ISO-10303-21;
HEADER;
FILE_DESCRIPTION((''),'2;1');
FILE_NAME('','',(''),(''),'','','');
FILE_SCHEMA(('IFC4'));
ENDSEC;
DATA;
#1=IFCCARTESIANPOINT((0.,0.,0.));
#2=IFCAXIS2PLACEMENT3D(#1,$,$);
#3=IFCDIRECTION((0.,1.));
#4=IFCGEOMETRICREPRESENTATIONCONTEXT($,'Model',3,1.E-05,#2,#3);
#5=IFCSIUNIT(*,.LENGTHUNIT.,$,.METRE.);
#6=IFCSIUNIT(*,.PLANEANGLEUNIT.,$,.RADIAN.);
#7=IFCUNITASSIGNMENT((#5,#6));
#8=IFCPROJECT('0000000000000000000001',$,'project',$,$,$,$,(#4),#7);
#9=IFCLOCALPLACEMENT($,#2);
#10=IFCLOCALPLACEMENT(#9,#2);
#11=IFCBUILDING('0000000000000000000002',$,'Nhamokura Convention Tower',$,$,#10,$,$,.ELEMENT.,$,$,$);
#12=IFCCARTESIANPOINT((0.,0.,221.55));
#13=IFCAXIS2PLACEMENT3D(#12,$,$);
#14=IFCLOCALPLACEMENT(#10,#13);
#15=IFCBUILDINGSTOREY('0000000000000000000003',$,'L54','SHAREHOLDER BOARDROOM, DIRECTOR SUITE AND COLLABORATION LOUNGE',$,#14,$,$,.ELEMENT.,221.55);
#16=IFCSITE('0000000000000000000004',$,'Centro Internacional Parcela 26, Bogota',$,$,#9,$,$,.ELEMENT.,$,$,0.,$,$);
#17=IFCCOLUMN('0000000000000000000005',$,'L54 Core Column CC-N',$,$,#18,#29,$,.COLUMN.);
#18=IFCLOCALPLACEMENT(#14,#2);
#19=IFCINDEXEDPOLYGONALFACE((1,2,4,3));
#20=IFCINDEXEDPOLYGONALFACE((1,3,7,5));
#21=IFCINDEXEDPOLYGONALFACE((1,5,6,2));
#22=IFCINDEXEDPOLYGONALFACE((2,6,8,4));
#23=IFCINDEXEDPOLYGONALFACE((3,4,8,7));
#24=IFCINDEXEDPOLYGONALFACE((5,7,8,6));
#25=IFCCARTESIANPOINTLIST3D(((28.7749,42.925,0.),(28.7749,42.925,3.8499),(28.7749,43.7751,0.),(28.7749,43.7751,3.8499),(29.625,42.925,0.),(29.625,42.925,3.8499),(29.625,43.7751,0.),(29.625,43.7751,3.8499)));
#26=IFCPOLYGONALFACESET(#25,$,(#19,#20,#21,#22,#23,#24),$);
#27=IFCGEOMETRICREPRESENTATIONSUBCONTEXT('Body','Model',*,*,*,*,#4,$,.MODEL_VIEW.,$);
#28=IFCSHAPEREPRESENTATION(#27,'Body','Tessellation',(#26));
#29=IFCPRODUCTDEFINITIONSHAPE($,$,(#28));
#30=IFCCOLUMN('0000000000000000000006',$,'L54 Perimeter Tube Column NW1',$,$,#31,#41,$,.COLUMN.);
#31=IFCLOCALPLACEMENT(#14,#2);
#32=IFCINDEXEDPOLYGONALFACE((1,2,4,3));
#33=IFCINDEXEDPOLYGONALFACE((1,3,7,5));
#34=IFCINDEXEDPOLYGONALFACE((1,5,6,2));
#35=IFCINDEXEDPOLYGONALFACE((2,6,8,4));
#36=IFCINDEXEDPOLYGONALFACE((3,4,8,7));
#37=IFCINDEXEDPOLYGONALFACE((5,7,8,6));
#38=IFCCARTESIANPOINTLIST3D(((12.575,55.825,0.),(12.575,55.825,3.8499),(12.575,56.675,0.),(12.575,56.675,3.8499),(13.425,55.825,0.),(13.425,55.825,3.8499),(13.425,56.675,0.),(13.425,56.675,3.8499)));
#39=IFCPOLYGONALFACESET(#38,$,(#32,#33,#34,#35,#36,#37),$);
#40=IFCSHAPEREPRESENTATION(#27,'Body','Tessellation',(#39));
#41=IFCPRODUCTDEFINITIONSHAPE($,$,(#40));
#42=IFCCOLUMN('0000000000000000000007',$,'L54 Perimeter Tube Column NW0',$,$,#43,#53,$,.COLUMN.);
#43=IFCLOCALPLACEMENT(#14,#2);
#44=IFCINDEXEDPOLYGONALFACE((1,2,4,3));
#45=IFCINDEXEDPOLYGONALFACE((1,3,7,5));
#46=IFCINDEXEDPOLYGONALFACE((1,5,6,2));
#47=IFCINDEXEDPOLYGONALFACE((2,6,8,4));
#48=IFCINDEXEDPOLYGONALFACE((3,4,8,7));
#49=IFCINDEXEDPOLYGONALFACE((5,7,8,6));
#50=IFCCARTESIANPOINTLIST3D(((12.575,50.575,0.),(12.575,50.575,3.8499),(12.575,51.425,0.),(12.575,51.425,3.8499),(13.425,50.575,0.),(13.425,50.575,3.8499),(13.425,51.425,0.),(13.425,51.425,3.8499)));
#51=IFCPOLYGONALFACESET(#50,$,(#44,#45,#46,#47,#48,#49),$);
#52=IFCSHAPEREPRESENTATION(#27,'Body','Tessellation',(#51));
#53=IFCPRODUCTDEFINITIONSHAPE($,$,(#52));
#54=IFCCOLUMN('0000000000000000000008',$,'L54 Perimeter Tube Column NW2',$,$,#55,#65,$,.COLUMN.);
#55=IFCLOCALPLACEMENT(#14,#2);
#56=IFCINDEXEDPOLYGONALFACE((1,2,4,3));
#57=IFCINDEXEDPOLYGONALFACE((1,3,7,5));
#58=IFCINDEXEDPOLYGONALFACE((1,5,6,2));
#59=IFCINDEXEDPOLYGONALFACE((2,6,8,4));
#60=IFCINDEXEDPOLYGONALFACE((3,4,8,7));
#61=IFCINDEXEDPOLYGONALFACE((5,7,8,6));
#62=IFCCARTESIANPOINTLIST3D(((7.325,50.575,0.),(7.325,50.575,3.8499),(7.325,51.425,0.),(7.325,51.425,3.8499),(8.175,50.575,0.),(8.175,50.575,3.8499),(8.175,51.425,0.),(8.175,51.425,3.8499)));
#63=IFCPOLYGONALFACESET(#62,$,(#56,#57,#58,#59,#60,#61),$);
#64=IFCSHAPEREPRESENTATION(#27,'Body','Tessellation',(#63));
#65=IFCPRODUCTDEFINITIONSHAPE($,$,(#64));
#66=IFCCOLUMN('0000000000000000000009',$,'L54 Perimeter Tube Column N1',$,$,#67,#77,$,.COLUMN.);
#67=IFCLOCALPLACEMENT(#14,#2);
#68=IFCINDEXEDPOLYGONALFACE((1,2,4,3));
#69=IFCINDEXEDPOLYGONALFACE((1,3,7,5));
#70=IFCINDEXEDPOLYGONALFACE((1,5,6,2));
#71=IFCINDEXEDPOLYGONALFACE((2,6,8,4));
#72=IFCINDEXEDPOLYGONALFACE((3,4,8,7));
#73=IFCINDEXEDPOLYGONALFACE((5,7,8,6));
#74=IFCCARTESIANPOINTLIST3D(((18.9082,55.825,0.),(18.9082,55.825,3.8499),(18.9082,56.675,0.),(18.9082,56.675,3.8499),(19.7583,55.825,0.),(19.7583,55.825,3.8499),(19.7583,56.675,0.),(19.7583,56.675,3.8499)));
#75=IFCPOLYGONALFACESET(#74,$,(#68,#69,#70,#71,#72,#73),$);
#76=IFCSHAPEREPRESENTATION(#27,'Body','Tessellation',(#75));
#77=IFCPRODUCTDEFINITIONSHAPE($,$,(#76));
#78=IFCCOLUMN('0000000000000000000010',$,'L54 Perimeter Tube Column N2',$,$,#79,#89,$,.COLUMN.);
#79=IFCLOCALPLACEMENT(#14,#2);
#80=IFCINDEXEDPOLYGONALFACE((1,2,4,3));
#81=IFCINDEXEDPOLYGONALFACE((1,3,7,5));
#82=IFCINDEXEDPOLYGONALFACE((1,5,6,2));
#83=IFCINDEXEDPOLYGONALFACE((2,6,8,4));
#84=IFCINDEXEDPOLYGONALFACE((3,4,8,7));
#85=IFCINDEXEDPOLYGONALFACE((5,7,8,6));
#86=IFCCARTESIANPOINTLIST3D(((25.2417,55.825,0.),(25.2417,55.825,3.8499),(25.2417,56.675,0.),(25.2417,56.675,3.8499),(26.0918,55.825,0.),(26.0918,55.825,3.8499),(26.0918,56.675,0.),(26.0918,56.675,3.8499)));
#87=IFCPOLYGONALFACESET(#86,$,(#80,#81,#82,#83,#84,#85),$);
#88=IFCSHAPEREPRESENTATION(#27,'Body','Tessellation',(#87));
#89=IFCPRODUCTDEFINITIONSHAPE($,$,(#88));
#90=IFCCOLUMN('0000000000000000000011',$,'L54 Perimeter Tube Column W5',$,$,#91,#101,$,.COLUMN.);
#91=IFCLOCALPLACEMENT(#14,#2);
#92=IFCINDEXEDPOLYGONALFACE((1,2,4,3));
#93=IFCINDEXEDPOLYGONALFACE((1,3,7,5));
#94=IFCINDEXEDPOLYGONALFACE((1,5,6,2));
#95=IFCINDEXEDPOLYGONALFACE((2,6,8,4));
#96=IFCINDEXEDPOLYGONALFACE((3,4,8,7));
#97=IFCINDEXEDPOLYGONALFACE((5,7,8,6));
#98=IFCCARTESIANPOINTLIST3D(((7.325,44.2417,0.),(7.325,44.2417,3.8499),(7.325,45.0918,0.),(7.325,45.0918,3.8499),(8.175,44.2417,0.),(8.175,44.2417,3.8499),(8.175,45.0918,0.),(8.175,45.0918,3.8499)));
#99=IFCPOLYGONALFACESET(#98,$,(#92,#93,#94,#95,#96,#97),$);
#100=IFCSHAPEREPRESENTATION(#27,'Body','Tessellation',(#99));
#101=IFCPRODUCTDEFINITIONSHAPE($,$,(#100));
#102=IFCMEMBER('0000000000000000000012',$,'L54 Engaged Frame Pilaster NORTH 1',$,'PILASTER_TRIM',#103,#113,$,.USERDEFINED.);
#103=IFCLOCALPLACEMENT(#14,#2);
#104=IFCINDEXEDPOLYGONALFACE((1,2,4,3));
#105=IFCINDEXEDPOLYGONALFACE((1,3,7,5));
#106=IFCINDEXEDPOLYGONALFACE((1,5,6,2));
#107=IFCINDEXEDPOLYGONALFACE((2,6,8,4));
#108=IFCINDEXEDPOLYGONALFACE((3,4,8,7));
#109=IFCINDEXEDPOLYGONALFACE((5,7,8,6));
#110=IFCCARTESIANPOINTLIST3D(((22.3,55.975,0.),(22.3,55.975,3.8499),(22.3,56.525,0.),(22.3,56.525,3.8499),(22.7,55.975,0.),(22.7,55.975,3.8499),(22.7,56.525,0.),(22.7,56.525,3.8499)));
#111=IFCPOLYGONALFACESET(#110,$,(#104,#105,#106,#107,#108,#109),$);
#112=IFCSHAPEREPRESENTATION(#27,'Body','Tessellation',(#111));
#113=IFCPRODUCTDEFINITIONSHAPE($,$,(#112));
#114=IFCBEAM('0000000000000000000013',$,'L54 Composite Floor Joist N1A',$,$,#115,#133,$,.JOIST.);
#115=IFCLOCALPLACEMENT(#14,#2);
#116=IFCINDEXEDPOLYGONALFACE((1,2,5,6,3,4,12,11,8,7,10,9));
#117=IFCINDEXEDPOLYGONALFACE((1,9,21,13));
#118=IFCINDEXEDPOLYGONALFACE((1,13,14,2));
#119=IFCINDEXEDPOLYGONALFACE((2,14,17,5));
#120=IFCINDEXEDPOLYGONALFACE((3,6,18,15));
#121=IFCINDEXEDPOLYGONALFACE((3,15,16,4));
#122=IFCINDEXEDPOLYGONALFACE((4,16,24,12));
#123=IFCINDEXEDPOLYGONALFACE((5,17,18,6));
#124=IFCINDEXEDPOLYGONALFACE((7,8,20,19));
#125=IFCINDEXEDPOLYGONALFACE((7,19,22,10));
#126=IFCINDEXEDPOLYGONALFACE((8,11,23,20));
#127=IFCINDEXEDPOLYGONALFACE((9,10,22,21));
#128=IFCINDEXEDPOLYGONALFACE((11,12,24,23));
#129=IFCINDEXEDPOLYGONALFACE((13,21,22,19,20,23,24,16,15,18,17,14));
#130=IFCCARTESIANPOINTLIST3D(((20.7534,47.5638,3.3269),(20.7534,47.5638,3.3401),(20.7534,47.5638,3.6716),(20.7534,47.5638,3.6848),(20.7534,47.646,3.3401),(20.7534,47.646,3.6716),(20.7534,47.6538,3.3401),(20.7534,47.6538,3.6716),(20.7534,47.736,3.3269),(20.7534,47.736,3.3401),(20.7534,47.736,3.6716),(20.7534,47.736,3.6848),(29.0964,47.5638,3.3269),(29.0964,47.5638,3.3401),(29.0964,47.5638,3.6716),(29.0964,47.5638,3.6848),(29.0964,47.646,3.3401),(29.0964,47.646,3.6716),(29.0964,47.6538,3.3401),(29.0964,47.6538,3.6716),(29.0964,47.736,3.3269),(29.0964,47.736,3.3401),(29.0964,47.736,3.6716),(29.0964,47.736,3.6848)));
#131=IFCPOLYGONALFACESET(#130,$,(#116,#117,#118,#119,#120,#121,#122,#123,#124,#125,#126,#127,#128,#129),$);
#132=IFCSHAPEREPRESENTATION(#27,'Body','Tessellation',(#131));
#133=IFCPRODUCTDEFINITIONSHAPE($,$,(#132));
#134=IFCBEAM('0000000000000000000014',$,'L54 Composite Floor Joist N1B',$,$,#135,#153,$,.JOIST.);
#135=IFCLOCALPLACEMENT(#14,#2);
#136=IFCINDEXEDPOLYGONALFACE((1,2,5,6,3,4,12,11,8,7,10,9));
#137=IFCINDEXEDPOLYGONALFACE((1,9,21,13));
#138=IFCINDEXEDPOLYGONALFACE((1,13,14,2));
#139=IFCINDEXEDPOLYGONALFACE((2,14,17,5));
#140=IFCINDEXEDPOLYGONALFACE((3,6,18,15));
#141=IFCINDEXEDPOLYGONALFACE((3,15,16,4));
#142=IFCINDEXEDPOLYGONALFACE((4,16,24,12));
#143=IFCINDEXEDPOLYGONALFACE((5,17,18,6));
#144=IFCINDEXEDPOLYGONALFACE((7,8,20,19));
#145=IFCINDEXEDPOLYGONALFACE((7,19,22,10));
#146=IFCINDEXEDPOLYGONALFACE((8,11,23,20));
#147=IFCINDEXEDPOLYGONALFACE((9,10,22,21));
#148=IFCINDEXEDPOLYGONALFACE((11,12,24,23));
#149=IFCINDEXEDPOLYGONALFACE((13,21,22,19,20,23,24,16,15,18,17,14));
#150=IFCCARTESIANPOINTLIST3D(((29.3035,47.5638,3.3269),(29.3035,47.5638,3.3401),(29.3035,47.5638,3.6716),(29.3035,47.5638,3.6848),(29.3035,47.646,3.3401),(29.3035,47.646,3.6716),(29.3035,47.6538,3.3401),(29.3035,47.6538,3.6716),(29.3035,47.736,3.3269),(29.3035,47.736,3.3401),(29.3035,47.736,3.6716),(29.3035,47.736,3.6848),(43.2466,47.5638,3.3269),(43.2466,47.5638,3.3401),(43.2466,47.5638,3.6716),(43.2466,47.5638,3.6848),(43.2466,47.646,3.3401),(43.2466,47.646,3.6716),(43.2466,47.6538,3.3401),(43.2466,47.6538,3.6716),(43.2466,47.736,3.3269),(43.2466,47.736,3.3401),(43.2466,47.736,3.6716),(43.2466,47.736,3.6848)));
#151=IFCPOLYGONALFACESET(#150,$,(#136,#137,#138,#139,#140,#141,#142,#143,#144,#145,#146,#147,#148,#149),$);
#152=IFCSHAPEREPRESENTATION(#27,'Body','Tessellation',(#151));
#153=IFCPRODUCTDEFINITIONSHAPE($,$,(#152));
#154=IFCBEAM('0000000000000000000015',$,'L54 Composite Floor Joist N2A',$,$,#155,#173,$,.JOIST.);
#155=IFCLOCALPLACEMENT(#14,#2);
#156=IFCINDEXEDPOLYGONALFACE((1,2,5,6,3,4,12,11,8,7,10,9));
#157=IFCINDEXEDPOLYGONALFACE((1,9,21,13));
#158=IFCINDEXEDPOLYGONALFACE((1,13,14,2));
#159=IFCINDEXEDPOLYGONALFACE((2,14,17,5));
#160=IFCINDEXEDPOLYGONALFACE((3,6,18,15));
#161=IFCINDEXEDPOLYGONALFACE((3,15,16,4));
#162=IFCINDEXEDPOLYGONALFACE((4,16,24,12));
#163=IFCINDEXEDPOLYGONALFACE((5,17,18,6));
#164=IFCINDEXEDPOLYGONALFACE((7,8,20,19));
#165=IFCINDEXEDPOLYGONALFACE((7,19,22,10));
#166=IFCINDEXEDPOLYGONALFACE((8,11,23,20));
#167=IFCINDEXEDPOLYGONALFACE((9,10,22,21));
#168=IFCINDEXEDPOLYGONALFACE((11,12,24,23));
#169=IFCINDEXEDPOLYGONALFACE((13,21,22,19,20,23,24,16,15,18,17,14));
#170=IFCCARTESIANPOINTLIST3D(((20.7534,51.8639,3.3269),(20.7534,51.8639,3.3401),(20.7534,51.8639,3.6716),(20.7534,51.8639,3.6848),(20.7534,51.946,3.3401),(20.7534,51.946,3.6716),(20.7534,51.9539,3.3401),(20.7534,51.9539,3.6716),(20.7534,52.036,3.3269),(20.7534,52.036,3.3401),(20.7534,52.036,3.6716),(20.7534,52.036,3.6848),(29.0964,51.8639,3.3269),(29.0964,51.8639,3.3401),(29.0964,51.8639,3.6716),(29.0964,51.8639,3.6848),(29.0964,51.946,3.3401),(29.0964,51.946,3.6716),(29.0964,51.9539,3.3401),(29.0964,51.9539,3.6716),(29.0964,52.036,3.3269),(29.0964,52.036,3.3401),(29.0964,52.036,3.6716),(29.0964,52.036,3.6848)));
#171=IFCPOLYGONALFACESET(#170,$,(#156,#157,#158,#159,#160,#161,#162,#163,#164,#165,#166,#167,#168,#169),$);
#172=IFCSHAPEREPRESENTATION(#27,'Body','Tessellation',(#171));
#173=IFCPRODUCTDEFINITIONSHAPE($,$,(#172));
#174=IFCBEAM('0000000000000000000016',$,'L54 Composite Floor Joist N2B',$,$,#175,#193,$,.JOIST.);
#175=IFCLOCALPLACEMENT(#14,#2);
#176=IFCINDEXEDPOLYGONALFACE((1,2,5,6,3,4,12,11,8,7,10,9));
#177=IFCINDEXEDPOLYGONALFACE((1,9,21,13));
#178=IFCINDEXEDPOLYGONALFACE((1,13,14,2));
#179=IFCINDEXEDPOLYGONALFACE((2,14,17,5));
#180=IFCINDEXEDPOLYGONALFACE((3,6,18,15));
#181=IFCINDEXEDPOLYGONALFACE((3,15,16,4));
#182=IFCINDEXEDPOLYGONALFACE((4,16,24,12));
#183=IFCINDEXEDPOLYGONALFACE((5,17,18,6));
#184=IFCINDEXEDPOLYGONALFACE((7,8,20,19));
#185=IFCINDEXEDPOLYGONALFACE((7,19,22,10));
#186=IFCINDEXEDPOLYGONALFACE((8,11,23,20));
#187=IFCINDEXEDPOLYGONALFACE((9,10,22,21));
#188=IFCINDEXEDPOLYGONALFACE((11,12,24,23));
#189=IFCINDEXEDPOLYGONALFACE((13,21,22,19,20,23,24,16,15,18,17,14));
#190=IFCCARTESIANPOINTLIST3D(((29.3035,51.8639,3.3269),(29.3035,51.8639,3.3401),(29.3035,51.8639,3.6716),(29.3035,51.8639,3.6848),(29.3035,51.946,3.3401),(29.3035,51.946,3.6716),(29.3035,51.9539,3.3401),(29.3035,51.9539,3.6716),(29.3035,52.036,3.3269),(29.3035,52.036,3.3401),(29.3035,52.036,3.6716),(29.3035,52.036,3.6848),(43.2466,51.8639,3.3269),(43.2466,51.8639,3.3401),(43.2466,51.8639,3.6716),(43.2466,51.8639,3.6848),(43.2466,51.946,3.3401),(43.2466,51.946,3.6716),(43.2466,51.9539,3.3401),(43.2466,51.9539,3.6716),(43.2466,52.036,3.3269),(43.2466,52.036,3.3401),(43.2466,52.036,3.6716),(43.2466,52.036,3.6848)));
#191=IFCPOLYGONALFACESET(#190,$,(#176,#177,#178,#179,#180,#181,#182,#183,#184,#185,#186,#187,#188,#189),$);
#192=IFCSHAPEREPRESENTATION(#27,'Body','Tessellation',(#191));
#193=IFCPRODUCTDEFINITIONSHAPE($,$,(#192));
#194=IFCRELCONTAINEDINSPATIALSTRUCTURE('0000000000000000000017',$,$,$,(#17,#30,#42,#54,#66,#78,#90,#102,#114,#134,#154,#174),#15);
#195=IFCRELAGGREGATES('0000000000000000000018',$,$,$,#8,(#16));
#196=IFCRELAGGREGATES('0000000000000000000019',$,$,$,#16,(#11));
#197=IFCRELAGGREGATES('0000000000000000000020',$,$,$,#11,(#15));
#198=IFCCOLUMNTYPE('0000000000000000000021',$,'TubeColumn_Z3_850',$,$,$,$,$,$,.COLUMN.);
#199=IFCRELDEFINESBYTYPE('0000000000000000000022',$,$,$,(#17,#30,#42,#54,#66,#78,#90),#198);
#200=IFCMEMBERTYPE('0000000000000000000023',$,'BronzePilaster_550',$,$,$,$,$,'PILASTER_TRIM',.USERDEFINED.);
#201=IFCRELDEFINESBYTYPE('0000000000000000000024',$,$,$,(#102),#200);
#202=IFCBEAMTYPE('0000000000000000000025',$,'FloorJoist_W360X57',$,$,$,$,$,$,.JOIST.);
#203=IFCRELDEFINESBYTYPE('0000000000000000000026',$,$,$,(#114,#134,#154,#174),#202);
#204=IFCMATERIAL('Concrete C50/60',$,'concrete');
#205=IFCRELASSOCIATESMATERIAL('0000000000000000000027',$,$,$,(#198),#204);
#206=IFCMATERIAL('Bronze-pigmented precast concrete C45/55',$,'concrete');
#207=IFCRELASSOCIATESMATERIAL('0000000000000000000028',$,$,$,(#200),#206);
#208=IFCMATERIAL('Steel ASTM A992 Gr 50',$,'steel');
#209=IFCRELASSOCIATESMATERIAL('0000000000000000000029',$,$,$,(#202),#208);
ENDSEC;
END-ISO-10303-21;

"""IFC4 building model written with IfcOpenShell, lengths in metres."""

from ifc_helpers import new_model, si_unit, direction, frame, origin, origin_2d, place, context, subcontext, project, spatial, rectangle, i_section, extrude, material, material_profile, profile_set, type_object, element, save


model = new_model("IFC4")

# Units and contexts
model_context = context("Model", 3, precision=1e-05, world=origin(), true_north=direction((0.0, 1.0)))
body_context = subcontext(model_context, "Body", "Model", "MODEL_VIEW")
ifc_project = project(units=[si_unit("LENGTHUNIT", "METRE"), si_unit("PLANEANGLEUNIT", "RADIAN")], contexts=[model_context])

# Site, building, storey
site_placement = place(None, origin())
site = spatial("IfcSite", under=ifc_project, at=site_placement, Name="Centro Internacional Parcela 26, Bogota", CompositionType="ELEMENT", RefElevation=0.0)
building_placement = place(site_placement, origin())
building = spatial("IfcBuilding", under=site, at=building_placement, Name="Nhamokura Convention Tower", CompositionType="ELEMENT")
storey_placement = place(building_placement, frame((0.0, 0.0, 221.55)))
storey = spatial("IfcBuildingStorey", under=building, at=storey_placement, Name="L54", Description="SHAREHOLDER BOARDROOM, DIRECTOR SUITE AND COLLABORATION LOUNGE", CompositionType="ELEMENT", Elevation=221.55)

# Columns
ifc_material_1 = material(Name="Concrete C50/60", Category="concrete")
ifc_material_profile_1 = material_profile(ifc_material_1, rectangle(XDim=0.8501, YDim=0.8501, at=origin_2d()))
ifc_profile_set_1 = profile_set([ifc_material_profile_1], Name="Concrete C50/60")
column_type = type_object("IfcColumnType", Name="TubeColumn_Z3_850", PredefinedType="COLUMN", material=ifc_profile_set_1)
for number, where, z_axis, x_axis, name in (
    (1, (29.2, 43.3501, 0.0), (0.0, 0.0, 1.0), (1.0, 0.0, 0.0), "L54 Core Column CC-N"),
    (2, (13.0, 56.25, 0.0), (0.0, 0.0, 1.0), (1.0, 0.0, 0.0), "L54 Perimeter Tube Column NW1"),
    (3, (13.0, 51.0, 0.0), (0.0, 0.0, 1.0), (1.0, 0.0, 0.0), "L54 Perimeter Tube Column NW0"),
    (4, (7.75, 51.0, 0.0), (0.0, 0.0, 1.0), (1.0, 0.0, 0.0), "L54 Perimeter Tube Column NW2"),
    (5, (19.3333, 56.25, 0.0), (0.0, 0.0, 1.0), (1.0, 0.0, 0.0), "L54 Perimeter Tube Column N1"),
    (6, (25.6667, 56.25, 0.0), (0.0, 0.0, 1.0), (1.0, 0.0, 0.0), "L54 Perimeter Tube Column N2"),
    (7, (7.75, 44.6667, 0.0), (0.0, 0.0, 1.0), (1.0, 0.0, 0.0), "L54 Perimeter Tube Column W5"),
):
    element("IfcColumn", number, at=place(storey_placement, frame(where, z_axis=z_axis, x_axis=x_axis)), inside=storey, type_object=column_type, Name=name, PredefinedType="COLUMN", context=body_context, shape_type="SweptSolid", body=[
        extrude(rectangle(XDim=0.8501, YDim=0.8501, at=origin_2d()), origin(), (0.0, 0.0, 1.0), 3.8499),
    ])

# Member
ifc_material_2 = material(Name="Bronze-pigmented precast concrete C45/55", Category="concrete")
ifc_material_profile_2 = material_profile(ifc_material_2, rectangle(XDim=0.3999, YDim=0.55, at=origin_2d()))
ifc_profile_set_2 = profile_set([ifc_material_profile_2], Name="Bronze-pigmented precast concrete C45/55")
member_type_1 = type_object("IfcMemberType", Name="BronzePilaster_550", ElementType="PILASTER_TRIM", PredefinedType="USERDEFINED", material=ifc_profile_set_2)
member_placement = place(storey_placement, frame((22.5, 56.25, 0.0), z_axis=(0.0, 0.0, 1.0), x_axis=(1.0, 0.0, 0.0)))
element("IfcMember", 8, at=member_placement, inside=storey, type_object=member_type_1, Name="L54 Engaged Frame Pilaster NORTH 1", ObjectType="PILASTER_TRIM", PredefinedType="USERDEFINED", context=body_context, shape_type="SweptSolid", body=[
    extrude(rectangle(XDim=0.3999, YDim=0.55, at=origin_2d()), origin(), (0.0, 0.0, 1.0), 3.8499),
])

# Beams
ifc_material_3 = material(Name="Steel ASTM A992 Gr 50", Category="steel")
ifc_material_profile_3 = material_profile(ifc_material_3, i_section(OverallWidth=0.1721, OverallDepth=0.3579, WebThickness=0.0078, FlangeThickness=0.0132, at=origin_2d()))
ifc_profile_set_3 = profile_set([ifc_material_profile_3], Name="Steel ASTM A992 Gr 50")
beam_type_1 = type_object("IfcBeamType", Name="FloorJoist_W360X57", PredefinedType="JOIST", material=ifc_profile_set_3)
beam_1_placement = place(storey_placement, frame((20.7534, 47.6499, 3.5059), z_axis=(1.0, 0.0, 0.0), x_axis=(0.0, 1.0, 0.0)))
element("IfcBeam", 9, at=beam_1_placement, inside=storey, type_object=beam_type_1, Name="L54 Composite Floor Joist N1A", PredefinedType="JOIST", context=body_context, shape_type="SweptSolid", body=[
    extrude(i_section(OverallWidth=0.1721, OverallDepth=0.3579, WebThickness=0.0078, FlangeThickness=0.0132, at=origin_2d()), origin(), (0.0, 0.0, 1.0), 8.343),
])
beam_2_placement = place(storey_placement, frame((29.3035, 47.6499, 3.5059), z_axis=(1.0, 0.0, 0.0), x_axis=(0.0, 1.0, 0.0)))
element("IfcBeam", 10, at=beam_2_placement, inside=storey, type_object=beam_type_1, Name="L54 Composite Floor Joist N1B", PredefinedType="JOIST", context=body_context, shape_type="SweptSolid", body=[
    extrude(i_section(OverallWidth=0.1721, OverallDepth=0.3579, WebThickness=0.0078, FlangeThickness=0.0132, at=origin_2d()), origin(), (0.0, 0.0, 1.0), 13.9431),
])
beam_3_placement = place(storey_placement, frame((20.7534, 51.95, 3.5059), z_axis=(1.0, 0.0, 0.0), x_axis=(0.0, 1.0, 0.0)))
element("IfcBeam", 11, at=beam_3_placement, inside=storey, type_object=beam_type_1, Name="L54 Composite Floor Joist N2A", PredefinedType="JOIST", context=body_context, shape_type="SweptSolid", body=[
    extrude(i_section(OverallWidth=0.1721, OverallDepth=0.3579, WebThickness=0.0078, FlangeThickness=0.0132, at=origin_2d()), origin(), (0.0, 0.0, 1.0), 8.343),
])
beam_4_placement = place(storey_placement, frame((29.3035, 51.95, 3.5059), z_axis=(1.0, 0.0, 0.0), x_axis=(0.0, 1.0, 0.0)))
element("IfcBeam", 12, at=beam_4_placement, inside=storey, type_object=beam_type_1, Name="L54 Composite Floor Joist N2B", PredefinedType="JOIST", context=body_context, shape_type="SweptSolid", body=[
    extrude(i_section(OverallWidth=0.1721, OverallDepth=0.3579, WebThickness=0.0078, FlangeThickness=0.0132, at=origin_2d()), origin(), (0.0, 0.0, 1.0), 13.9431),
])

save(model, "model.ifc")
